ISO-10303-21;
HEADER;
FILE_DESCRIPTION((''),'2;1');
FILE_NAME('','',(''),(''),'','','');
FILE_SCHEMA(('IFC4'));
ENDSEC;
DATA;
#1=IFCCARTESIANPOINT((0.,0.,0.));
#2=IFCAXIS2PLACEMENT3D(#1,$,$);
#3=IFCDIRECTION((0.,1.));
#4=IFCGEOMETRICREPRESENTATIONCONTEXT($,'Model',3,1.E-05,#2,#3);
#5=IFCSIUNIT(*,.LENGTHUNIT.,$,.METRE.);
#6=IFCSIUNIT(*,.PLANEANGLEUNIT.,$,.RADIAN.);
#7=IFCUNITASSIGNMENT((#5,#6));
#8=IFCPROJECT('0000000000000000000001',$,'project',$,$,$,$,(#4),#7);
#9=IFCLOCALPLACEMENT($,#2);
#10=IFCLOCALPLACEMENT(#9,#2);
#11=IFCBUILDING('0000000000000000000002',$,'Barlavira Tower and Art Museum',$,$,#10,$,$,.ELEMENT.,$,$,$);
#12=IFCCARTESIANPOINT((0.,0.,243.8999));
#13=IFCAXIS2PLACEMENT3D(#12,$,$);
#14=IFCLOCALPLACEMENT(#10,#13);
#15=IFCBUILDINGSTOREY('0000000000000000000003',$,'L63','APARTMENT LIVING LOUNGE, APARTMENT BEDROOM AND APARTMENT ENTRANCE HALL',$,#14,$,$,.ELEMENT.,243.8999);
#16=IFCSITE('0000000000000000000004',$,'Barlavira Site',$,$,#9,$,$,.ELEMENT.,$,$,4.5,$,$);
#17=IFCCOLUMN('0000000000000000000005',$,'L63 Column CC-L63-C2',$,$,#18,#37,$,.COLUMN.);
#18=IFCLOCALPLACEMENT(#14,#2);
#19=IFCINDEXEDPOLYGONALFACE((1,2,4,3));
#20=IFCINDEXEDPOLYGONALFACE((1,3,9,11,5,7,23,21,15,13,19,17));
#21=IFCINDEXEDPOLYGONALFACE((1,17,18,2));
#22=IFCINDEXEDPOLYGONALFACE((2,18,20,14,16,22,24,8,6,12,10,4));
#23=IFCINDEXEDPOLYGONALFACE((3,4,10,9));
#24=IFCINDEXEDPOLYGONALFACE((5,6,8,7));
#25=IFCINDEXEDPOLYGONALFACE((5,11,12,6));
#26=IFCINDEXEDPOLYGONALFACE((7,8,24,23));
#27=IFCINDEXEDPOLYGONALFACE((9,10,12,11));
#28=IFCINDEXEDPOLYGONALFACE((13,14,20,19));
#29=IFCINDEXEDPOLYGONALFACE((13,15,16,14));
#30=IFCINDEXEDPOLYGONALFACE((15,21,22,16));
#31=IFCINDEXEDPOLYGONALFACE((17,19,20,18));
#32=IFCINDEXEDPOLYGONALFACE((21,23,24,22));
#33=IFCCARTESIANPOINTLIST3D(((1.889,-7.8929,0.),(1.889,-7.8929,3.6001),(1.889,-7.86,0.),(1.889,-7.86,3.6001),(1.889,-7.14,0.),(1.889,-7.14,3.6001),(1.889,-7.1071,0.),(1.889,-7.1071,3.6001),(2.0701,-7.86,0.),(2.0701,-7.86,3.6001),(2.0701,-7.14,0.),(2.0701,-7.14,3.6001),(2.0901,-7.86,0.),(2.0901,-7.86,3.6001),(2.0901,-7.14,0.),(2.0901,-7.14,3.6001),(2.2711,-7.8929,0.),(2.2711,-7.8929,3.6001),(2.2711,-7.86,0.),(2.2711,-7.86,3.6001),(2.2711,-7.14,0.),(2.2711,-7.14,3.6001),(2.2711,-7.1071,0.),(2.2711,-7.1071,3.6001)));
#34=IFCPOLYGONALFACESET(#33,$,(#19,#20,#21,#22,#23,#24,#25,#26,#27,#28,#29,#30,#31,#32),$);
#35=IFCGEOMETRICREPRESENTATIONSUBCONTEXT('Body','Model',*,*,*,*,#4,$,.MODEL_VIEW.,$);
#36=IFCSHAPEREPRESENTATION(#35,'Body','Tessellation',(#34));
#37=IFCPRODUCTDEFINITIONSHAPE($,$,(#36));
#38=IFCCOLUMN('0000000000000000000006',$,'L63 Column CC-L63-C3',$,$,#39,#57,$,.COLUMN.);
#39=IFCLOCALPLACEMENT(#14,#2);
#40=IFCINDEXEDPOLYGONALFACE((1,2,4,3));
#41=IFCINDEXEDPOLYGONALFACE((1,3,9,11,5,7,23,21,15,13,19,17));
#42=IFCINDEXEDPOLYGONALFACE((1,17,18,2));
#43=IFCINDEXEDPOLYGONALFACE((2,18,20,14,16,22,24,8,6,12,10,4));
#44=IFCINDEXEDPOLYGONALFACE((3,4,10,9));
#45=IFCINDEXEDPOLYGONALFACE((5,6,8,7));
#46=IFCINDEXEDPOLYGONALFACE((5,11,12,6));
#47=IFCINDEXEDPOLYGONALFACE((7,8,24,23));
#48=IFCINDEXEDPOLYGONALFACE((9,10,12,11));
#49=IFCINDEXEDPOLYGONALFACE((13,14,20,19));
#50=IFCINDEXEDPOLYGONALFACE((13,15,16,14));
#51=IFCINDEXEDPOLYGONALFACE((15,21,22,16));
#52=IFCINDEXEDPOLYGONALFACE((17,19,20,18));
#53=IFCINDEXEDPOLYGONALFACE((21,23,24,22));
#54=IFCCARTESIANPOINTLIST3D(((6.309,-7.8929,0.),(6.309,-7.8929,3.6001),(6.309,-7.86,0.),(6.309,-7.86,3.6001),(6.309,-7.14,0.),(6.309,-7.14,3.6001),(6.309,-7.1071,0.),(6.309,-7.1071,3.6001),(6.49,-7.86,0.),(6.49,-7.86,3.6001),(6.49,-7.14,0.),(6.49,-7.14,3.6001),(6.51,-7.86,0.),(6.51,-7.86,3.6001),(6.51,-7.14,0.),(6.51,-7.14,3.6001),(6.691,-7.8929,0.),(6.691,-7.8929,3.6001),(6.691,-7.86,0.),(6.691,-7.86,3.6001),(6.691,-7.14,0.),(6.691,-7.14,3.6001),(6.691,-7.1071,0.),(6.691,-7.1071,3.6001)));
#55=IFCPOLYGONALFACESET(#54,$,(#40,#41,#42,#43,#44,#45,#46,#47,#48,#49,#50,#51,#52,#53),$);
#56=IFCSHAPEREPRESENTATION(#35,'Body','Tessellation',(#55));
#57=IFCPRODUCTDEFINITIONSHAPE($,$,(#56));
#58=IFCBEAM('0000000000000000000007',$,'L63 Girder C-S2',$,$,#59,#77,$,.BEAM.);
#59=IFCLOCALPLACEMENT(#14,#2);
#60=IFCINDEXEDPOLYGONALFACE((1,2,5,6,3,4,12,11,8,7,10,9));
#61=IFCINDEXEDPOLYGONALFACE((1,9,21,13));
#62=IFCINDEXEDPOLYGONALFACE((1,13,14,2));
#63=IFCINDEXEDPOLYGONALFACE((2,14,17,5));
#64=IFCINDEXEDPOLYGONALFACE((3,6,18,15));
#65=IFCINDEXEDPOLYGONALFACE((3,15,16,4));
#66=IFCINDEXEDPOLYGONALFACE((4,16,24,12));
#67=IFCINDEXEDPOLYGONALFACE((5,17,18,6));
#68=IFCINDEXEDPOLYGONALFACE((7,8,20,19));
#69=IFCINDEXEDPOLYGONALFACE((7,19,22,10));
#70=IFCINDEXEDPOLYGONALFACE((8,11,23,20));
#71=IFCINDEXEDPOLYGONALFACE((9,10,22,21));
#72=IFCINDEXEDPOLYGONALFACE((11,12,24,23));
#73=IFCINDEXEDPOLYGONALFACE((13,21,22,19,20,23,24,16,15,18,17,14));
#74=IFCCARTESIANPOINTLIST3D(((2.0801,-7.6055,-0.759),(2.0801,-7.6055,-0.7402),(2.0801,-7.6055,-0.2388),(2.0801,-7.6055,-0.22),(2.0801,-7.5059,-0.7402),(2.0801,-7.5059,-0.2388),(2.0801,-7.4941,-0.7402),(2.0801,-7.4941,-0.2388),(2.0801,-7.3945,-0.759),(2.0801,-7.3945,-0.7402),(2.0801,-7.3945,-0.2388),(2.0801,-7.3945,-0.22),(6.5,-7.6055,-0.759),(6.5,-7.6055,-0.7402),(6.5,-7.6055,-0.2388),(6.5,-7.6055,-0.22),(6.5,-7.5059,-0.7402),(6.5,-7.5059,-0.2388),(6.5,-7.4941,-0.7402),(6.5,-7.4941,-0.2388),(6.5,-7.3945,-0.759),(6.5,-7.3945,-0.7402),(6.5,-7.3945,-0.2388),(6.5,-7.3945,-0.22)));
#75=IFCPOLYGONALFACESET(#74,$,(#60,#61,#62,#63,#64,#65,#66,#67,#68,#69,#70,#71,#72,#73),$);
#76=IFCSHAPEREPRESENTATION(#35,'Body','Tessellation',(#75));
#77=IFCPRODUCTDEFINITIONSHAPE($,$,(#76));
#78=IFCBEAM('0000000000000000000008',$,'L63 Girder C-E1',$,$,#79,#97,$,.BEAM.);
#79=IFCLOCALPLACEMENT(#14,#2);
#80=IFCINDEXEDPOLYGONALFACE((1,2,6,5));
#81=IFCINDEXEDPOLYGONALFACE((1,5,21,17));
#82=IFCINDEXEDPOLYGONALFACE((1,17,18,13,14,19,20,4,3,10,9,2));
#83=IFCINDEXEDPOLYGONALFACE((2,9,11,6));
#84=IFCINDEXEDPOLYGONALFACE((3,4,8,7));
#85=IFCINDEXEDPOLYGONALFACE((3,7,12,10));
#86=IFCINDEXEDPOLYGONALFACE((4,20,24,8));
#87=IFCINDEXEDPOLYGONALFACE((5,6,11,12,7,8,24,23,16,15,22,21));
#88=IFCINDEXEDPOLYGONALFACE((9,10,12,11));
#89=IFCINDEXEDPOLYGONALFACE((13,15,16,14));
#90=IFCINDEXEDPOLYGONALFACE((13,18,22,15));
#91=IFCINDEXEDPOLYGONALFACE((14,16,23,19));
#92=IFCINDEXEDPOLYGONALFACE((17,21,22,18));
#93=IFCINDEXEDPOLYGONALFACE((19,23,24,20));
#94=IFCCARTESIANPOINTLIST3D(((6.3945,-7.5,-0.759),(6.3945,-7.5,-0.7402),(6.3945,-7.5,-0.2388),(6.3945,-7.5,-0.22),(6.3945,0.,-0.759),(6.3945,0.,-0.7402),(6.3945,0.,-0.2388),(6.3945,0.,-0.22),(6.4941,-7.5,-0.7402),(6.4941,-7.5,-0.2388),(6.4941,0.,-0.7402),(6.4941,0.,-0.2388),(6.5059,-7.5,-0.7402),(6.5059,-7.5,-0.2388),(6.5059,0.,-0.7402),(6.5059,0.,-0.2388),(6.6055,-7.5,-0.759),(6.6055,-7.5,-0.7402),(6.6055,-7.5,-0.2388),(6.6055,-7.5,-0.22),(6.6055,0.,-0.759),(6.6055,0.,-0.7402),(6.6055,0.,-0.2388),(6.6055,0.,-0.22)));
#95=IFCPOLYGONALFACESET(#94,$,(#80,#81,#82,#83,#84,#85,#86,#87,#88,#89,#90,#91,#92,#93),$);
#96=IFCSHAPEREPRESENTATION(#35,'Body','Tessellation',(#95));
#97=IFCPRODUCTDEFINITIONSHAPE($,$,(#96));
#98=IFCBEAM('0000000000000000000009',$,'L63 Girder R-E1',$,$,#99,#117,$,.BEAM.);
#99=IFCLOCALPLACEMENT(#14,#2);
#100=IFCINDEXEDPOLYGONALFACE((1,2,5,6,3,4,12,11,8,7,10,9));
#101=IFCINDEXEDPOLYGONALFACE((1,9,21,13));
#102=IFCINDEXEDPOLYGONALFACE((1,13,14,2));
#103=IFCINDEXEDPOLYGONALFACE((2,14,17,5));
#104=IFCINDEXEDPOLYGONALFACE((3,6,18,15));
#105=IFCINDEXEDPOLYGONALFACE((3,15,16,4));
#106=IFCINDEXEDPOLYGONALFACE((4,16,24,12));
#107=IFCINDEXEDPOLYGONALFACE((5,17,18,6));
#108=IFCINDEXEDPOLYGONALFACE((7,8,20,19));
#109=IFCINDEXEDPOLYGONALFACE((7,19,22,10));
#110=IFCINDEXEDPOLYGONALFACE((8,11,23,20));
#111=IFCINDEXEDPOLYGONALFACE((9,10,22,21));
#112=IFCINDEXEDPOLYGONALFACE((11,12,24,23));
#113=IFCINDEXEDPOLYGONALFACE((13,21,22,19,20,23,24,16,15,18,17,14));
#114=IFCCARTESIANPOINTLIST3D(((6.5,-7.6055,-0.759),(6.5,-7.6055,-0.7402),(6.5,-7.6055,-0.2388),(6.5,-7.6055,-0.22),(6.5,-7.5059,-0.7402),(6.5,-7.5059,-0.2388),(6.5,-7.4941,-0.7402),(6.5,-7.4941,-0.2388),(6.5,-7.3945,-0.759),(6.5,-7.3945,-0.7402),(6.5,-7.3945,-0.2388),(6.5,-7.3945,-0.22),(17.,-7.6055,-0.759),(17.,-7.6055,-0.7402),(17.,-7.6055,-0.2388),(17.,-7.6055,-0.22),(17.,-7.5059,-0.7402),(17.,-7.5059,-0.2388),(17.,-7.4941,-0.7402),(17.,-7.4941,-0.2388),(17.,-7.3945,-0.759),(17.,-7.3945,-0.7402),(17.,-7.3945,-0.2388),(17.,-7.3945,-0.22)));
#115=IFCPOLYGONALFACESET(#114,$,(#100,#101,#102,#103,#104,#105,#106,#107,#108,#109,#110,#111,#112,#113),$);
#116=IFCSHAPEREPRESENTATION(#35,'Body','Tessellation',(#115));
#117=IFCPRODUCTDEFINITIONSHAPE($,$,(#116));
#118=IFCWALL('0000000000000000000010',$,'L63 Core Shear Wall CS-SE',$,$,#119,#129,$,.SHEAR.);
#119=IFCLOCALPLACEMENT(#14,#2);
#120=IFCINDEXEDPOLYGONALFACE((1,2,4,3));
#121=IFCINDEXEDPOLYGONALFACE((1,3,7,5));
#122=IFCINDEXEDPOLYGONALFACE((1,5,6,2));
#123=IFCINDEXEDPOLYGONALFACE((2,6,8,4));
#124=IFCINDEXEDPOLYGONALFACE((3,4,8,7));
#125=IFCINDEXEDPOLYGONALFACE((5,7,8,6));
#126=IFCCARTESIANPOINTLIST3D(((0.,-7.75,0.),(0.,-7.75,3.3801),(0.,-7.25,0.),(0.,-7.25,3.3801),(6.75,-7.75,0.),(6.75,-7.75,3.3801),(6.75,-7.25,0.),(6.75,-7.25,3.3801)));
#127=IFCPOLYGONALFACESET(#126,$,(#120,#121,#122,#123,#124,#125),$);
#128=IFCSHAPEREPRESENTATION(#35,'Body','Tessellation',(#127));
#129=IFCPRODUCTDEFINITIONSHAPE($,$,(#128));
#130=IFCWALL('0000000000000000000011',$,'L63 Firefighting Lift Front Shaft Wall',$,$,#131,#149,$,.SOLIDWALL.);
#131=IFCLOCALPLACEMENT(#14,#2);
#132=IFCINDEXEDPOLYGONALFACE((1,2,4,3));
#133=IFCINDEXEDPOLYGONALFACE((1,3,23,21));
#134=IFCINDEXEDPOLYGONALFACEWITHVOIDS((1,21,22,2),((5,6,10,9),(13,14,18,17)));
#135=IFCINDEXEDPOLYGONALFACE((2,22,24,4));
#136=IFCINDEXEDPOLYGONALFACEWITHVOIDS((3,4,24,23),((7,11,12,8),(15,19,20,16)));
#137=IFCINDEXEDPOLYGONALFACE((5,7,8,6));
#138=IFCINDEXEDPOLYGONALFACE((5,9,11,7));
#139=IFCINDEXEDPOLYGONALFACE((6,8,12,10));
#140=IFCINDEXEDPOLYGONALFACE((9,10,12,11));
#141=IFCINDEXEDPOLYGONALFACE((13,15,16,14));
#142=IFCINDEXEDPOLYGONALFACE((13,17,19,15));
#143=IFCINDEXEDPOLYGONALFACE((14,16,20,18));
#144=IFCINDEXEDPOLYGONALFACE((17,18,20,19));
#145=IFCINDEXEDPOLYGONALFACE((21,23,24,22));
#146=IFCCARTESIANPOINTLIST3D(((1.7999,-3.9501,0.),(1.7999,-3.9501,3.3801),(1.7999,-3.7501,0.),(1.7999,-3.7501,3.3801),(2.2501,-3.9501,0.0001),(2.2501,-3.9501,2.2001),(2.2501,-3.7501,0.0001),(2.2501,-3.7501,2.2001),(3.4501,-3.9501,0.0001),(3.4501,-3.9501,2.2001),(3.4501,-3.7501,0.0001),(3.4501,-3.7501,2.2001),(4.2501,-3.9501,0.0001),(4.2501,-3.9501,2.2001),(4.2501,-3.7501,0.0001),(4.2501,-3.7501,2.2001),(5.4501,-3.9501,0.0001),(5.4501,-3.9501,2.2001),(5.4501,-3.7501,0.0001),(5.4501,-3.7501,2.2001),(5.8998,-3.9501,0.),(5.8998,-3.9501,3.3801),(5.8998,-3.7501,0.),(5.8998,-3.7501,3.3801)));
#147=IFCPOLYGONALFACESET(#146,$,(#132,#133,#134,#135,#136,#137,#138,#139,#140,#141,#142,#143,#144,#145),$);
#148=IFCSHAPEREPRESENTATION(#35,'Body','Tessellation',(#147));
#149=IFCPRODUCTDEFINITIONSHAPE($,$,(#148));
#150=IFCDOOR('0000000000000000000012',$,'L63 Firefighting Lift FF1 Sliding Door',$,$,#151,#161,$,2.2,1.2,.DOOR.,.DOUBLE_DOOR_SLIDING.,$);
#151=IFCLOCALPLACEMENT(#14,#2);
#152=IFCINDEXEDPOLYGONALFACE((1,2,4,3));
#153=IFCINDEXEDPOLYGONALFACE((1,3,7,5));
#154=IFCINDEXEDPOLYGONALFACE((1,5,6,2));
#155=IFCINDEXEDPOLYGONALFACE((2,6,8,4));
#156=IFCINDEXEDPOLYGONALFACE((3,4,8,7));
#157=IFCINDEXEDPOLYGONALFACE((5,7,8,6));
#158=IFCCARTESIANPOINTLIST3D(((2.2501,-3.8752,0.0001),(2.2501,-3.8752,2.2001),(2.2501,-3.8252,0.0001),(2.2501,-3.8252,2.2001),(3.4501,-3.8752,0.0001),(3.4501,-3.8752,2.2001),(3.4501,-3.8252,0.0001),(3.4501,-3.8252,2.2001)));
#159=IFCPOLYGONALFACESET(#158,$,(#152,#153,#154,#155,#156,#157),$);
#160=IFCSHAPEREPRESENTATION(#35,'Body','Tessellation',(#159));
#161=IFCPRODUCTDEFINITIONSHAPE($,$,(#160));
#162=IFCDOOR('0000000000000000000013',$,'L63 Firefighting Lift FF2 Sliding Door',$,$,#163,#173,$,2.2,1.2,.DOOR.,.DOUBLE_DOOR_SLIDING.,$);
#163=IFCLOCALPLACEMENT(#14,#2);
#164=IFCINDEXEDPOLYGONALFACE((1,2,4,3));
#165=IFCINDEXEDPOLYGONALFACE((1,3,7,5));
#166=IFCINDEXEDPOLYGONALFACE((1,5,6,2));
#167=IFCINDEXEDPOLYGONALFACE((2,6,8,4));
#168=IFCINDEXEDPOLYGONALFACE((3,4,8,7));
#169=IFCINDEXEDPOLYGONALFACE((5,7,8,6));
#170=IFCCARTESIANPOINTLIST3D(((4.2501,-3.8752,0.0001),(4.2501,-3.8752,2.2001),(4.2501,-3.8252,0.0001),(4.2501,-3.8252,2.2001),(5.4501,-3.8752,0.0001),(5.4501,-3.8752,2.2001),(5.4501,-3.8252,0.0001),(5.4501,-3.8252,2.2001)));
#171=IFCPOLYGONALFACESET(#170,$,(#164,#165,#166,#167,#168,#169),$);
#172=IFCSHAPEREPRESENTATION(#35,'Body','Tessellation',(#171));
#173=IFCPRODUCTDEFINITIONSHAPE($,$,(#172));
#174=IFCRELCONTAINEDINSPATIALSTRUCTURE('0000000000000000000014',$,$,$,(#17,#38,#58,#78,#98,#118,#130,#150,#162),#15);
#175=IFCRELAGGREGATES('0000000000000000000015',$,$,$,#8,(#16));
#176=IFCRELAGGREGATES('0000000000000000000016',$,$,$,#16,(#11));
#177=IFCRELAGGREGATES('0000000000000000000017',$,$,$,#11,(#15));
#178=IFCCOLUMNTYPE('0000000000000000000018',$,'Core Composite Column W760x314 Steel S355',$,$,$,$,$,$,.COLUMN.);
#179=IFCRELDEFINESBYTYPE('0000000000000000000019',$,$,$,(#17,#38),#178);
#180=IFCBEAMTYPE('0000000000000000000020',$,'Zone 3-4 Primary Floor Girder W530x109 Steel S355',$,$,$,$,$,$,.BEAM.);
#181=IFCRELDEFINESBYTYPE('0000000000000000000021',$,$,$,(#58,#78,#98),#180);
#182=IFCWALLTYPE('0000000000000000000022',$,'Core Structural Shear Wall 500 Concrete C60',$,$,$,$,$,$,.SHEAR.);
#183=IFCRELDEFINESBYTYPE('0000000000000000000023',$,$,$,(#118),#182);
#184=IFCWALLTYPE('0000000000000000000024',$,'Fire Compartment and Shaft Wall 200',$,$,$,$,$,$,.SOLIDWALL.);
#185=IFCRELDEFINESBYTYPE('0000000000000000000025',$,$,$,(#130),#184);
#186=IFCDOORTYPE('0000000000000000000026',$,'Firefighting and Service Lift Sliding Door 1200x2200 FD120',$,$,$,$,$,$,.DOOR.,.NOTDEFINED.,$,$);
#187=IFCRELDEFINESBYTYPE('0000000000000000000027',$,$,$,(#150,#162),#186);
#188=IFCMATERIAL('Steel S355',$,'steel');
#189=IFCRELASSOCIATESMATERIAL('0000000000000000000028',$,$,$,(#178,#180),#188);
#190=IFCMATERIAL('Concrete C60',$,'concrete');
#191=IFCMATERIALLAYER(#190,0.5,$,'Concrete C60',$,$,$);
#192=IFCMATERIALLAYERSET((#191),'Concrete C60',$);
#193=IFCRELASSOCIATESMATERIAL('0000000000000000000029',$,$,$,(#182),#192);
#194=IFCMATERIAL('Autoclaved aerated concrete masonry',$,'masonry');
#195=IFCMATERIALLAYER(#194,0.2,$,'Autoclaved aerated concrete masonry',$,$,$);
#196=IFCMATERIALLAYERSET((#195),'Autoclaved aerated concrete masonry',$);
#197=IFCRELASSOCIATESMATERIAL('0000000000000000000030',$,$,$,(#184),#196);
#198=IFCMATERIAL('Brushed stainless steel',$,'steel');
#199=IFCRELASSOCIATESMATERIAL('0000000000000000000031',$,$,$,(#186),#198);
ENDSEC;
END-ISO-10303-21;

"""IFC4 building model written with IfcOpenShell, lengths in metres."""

from ifc_helpers import new_model, si_unit, direction, frame, frame_2d, origin, origin_2d, place, context, subcontext, project, spatial, rectangle, i_section, extrude, material, layer, layer_set, material_profile, profile_set, type_object, element, fill, save


model = new_model("IFC4")

# Units and contexts
model_context = context("Model", 3, precision=1e-05, world=origin(), true_north=direction((0.0, 1.0)))
body_context = subcontext(model_context, "Body", "Model", "MODEL_VIEW")
ifc_project = project(units=[si_unit("LENGTHUNIT", "METRE"), si_unit("PLANEANGLEUNIT", "RADIAN")], contexts=[model_context])

# Site, building, storey
site_placement = place(None, origin())
site = spatial("IfcSite", under=ifc_project, at=site_placement, Name="Barlavira Site", CompositionType="ELEMENT", RefElevation=4.5)
building_placement = place(site_placement, origin())
building = spatial("IfcBuilding", under=site, at=building_placement, Name="Barlavira Tower and Art Museum", CompositionType="ELEMENT")
storey_placement = place(building_placement, frame((0.0, 0.0, 243.8999)))
storey = spatial("IfcBuildingStorey", under=building, at=storey_placement, Name="L63", Description="APARTMENT LIVING LOUNGE, APARTMENT BEDROOM AND APARTMENT ENTRANCE HALL", CompositionType="ELEMENT", Elevation=243.8999)

# Columns
ifc_material_1 = material(Name="Steel S355", Category="steel")
ifc_material_profile_1 = material_profile(ifc_material_1, i_section(OverallWidth=0.3821, OverallDepth=0.7859, WebThickness=0.02, FlangeThickness=0.033, at=origin_2d()), Name="W760x314.0")
ifc_profile_set_1 = profile_set([ifc_material_profile_1], Name="Steel S355")
column_type = type_object("IfcColumnType", Name="Core Composite Column W760x314 Steel S355", PredefinedType="COLUMN", material=ifc_profile_set_1)
for number, where, z_axis, x_axis, name in (
    (1, (2.0801, -7.5, 0.0), (0.0, 0.0, 1.0), (1.0, 0.0, 0.0), "L63 Column CC-L63-C2"),
    (2, (6.5, -7.5, 0.0), (0.0, 0.0, 1.0), (1.0, 0.0, 0.0), "L63 Column CC-L63-C3"),
):
    element("IfcColumn", number, at=place(storey_placement, frame(where, z_axis=z_axis, x_axis=x_axis)), inside=storey, type_object=column_type, Name=name, PredefinedType="COLUMN", context=body_context, shape_type="SweptSolid", body=[
        extrude(i_section(OverallWidth=0.3821, OverallDepth=0.7859, WebThickness=0.02, FlangeThickness=0.033, at=origin_2d()), origin(), (0.0, 0.0, 1.0), 3.6001),
    ])

# Beams
ifc_material_profile_2 = material_profile(ifc_material_1, i_section(OverallWidth=0.2109, OverallDepth=0.5391, WebThickness=0.0117, FlangeThickness=0.0188, at=origin_2d()), Name="W530x109.0")
ifc_profile_set_2 = profile_set([ifc_material_profile_2], Name="Steel S355")
beam_type = type_object("IfcBeamType", Name="Zone 3-4 Primary Floor Girder W530x109 Steel S355", PredefinedType="BEAM", material=ifc_profile_set_2)
beam_1_placement = place(storey_placement, frame((2.0801, -7.5, -0.4895), z_axis=(1.0, 0.0, 0.0), x_axis=(0.0, 1.0, 0.0)))
element("IfcBeam", 3, at=beam_1_placement, inside=storey, type_object=beam_type, Name="L63 Girder C-S2", PredefinedType="BEAM", context=body_context, shape_type="SweptSolid", body=[
    extrude(i_section(OverallWidth=0.2109, OverallDepth=0.5391, WebThickness=0.0117, FlangeThickness=0.0188, at=origin_2d()), origin(), (0.0, 0.0, 1.0), 4.4199),
])
beam_2_placement = place(storey_placement, frame((6.5, -7.5, -0.4895), z_axis=(0.0, 1.0, 0.0), x_axis=(-1.0, 0.0, 0.0)))
element("IfcBeam", 4, at=beam_2_placement, inside=storey, type_object=beam_type, Name="L63 Girder C-E1", PredefinedType="BEAM", context=body_context, shape_type="SweptSolid", body=[
    extrude(i_section(OverallWidth=0.2109, OverallDepth=0.5391, WebThickness=0.0117, FlangeThickness=0.0188, at=origin_2d()), origin(), (0.0, 0.0, 1.0), 7.5),
])
beam_3_placement = place(storey_placement, frame((6.5, -7.5, -0.4895), z_axis=(1.0, 0.0, 0.0), x_axis=(0.0, 1.0, 0.0)))
element("IfcBeam", 5, at=beam_3_placement, inside=storey, type_object=beam_type, Name="L63 Girder R-E1", PredefinedType="BEAM", context=body_context, shape_type="SweptSolid", body=[
    extrude(i_section(OverallWidth=0.2109, OverallDepth=0.5391, WebThickness=0.0117, FlangeThickness=0.0188, at=origin_2d()), origin(), (0.0, 0.0, 1.0), 10.5),
])

# Wall
ifc_material_2 = material(Name="Concrete C60", Category="concrete")
ifc_layer_1 = layer(ifc_material_2, 0.5, Name="Concrete C60")
ifc_layer_set_1 = layer_set([ifc_layer_1], Name="Concrete C60")
wall_type_1 = type_object("IfcWallType", Name="Core Structural Shear Wall 500 Concrete C60", PredefinedType="SHEAR", material=ifc_layer_set_1)
wall_1_placement = place(storey_placement, frame((0.0, -7.5, 0.0), z_axis=(0.0, 0.0, 1.0), x_axis=(1.0, 0.0, 0.0)))
element("IfcWall", 6, at=wall_1_placement, inside=storey, type_object=wall_type_1, Name="L63 Core Shear Wall CS-SE", PredefinedType="SHEAR", context=body_context, shape_type="SweptSolid", body=[
    extrude(rectangle(XDim=6.75, YDim=0.5, at=frame_2d((3.375, 0.0))), origin(), (0.0, 0.0, 1.0), 3.3801),
])

# Shared definitions
ifc_material_3 = material(Name="Brushed stainless steel", Category="steel")

# Wall, openings, doors
ifc_material_4 = material(Name="Autoclaved aerated concrete masonry", Category="masonry")
ifc_layer_2 = layer(ifc_material_4, 0.2, Name="Autoclaved aerated concrete masonry")
ifc_layer_set_2 = layer_set([ifc_layer_2], Name="Autoclaved aerated concrete masonry")
wall_type_2 = type_object("IfcWallType", Name="Fire Compartment and Shaft Wall 200", PredefinedType="SOLIDWALL", material=ifc_layer_set_2)
wall_2_placement = place(storey_placement, frame((1.8, -3.8501, 0.0), z_axis=(0.0, 0.0, 1.0), x_axis=(1.0, 0.0, 0.0)))
wall_2 = element("IfcWall", 7, at=wall_2_placement, inside=storey, type_object=wall_type_2, Name="L63 Firefighting Lift Front Shaft Wall", PredefinedType="SOLIDWALL", context=body_context, shape_type="SweptSolid", body=[
    extrude(rectangle(XDim=4.0999, YDim=0.2, at=frame_2d((2.0498, 0.0))), origin(), (0.0, 0.0, 1.0), 3.3801),
])
opening_1_placement = place(wall_2_placement, frame((0.45, 0.0, 0.0)))
opening_1 = element("IfcOpeningElement", 8, at=opening_1_placement, cuts=wall_2, PredefinedType="OPENING", context=body_context, shape_type="SweptSolid", body=[
    extrude(rectangle(XDim=1.2, YDim=2.2, at=frame_2d((0.6001, 1.1001))), frame((0.0, 0.1099, 0.0), z_axis=(0.0, -1.0, 0.0), x_axis=(1.0, 0.0, 0.0)), (0.0, 0.0, 1.0), 0.22),
])
opening_2_placement = place(wall_2_placement, frame((2.45, 0.0, 0.0)))
opening_2 = element("IfcOpeningElement", 9, at=opening_2_placement, cuts=wall_2, PredefinedType="OPENING", context=body_context, shape_type="SweptSolid", body=[
    extrude(rectangle(XDim=1.2, YDim=2.2, at=frame_2d((0.6001, 1.1001))), frame((0.0, 0.1099, 0.0), z_axis=(0.0, -1.0, 0.0), x_axis=(1.0, 0.0, 0.0)), (0.0, 0.0, 1.0), 0.22),
])
door_type_1 = type_object("IfcDoorType", Name="Firefighting and Service Lift Sliding Door 1200x2200 FD120", OperationType="NOTDEFINED", PredefinedType="DOOR", material=ifc_material_3)
door_1_placement = place(opening_1_placement, origin())
door_1 = element("IfcDoor", 10, at=door_1_placement, inside=storey, type_object=door_type_1, Name="L63 Firefighting Lift FF1 Sliding Door", OperationType="DOUBLE_DOOR_SLIDING", OverallHeight=2.2, OverallWidth=1.2, PredefinedType="DOOR", context=body_context, shape_type="SweptSolid", body=[
    extrude(rectangle(XDim=1.2, YDim=2.2, at=frame_2d((0.6001, 1.1001))), frame((0.0, 0.0249, 0.0), z_axis=(0.0, -1.0, 0.0), x_axis=(1.0, 0.0, 0.0)), (0.0, 0.0, 1.0), 0.05),
])
fill(opening_1, door_1)
door_2_placement = place(opening_2_placement, origin())
door_2 = element("IfcDoor", 11, at=door_2_placement, inside=storey, type_object=door_type_1, Name="L63 Firefighting Lift FF2 Sliding Door", OperationType="DOUBLE_DOOR_SLIDING", OverallHeight=2.2, OverallWidth=1.2, PredefinedType="DOOR", context=body_context, shape_type="SweptSolid", body=[
    extrude(rectangle(XDim=1.2, YDim=2.2, at=frame_2d((0.6001, 1.1001))), frame((0.0, 0.0249, 0.0), z_axis=(0.0, -1.0, 0.0), x_axis=(1.0, 0.0, 0.0)), (0.0, 0.0, 1.0), 0.05),
])
fill(opening_2, door_2)

save(model, "model.ifc")
